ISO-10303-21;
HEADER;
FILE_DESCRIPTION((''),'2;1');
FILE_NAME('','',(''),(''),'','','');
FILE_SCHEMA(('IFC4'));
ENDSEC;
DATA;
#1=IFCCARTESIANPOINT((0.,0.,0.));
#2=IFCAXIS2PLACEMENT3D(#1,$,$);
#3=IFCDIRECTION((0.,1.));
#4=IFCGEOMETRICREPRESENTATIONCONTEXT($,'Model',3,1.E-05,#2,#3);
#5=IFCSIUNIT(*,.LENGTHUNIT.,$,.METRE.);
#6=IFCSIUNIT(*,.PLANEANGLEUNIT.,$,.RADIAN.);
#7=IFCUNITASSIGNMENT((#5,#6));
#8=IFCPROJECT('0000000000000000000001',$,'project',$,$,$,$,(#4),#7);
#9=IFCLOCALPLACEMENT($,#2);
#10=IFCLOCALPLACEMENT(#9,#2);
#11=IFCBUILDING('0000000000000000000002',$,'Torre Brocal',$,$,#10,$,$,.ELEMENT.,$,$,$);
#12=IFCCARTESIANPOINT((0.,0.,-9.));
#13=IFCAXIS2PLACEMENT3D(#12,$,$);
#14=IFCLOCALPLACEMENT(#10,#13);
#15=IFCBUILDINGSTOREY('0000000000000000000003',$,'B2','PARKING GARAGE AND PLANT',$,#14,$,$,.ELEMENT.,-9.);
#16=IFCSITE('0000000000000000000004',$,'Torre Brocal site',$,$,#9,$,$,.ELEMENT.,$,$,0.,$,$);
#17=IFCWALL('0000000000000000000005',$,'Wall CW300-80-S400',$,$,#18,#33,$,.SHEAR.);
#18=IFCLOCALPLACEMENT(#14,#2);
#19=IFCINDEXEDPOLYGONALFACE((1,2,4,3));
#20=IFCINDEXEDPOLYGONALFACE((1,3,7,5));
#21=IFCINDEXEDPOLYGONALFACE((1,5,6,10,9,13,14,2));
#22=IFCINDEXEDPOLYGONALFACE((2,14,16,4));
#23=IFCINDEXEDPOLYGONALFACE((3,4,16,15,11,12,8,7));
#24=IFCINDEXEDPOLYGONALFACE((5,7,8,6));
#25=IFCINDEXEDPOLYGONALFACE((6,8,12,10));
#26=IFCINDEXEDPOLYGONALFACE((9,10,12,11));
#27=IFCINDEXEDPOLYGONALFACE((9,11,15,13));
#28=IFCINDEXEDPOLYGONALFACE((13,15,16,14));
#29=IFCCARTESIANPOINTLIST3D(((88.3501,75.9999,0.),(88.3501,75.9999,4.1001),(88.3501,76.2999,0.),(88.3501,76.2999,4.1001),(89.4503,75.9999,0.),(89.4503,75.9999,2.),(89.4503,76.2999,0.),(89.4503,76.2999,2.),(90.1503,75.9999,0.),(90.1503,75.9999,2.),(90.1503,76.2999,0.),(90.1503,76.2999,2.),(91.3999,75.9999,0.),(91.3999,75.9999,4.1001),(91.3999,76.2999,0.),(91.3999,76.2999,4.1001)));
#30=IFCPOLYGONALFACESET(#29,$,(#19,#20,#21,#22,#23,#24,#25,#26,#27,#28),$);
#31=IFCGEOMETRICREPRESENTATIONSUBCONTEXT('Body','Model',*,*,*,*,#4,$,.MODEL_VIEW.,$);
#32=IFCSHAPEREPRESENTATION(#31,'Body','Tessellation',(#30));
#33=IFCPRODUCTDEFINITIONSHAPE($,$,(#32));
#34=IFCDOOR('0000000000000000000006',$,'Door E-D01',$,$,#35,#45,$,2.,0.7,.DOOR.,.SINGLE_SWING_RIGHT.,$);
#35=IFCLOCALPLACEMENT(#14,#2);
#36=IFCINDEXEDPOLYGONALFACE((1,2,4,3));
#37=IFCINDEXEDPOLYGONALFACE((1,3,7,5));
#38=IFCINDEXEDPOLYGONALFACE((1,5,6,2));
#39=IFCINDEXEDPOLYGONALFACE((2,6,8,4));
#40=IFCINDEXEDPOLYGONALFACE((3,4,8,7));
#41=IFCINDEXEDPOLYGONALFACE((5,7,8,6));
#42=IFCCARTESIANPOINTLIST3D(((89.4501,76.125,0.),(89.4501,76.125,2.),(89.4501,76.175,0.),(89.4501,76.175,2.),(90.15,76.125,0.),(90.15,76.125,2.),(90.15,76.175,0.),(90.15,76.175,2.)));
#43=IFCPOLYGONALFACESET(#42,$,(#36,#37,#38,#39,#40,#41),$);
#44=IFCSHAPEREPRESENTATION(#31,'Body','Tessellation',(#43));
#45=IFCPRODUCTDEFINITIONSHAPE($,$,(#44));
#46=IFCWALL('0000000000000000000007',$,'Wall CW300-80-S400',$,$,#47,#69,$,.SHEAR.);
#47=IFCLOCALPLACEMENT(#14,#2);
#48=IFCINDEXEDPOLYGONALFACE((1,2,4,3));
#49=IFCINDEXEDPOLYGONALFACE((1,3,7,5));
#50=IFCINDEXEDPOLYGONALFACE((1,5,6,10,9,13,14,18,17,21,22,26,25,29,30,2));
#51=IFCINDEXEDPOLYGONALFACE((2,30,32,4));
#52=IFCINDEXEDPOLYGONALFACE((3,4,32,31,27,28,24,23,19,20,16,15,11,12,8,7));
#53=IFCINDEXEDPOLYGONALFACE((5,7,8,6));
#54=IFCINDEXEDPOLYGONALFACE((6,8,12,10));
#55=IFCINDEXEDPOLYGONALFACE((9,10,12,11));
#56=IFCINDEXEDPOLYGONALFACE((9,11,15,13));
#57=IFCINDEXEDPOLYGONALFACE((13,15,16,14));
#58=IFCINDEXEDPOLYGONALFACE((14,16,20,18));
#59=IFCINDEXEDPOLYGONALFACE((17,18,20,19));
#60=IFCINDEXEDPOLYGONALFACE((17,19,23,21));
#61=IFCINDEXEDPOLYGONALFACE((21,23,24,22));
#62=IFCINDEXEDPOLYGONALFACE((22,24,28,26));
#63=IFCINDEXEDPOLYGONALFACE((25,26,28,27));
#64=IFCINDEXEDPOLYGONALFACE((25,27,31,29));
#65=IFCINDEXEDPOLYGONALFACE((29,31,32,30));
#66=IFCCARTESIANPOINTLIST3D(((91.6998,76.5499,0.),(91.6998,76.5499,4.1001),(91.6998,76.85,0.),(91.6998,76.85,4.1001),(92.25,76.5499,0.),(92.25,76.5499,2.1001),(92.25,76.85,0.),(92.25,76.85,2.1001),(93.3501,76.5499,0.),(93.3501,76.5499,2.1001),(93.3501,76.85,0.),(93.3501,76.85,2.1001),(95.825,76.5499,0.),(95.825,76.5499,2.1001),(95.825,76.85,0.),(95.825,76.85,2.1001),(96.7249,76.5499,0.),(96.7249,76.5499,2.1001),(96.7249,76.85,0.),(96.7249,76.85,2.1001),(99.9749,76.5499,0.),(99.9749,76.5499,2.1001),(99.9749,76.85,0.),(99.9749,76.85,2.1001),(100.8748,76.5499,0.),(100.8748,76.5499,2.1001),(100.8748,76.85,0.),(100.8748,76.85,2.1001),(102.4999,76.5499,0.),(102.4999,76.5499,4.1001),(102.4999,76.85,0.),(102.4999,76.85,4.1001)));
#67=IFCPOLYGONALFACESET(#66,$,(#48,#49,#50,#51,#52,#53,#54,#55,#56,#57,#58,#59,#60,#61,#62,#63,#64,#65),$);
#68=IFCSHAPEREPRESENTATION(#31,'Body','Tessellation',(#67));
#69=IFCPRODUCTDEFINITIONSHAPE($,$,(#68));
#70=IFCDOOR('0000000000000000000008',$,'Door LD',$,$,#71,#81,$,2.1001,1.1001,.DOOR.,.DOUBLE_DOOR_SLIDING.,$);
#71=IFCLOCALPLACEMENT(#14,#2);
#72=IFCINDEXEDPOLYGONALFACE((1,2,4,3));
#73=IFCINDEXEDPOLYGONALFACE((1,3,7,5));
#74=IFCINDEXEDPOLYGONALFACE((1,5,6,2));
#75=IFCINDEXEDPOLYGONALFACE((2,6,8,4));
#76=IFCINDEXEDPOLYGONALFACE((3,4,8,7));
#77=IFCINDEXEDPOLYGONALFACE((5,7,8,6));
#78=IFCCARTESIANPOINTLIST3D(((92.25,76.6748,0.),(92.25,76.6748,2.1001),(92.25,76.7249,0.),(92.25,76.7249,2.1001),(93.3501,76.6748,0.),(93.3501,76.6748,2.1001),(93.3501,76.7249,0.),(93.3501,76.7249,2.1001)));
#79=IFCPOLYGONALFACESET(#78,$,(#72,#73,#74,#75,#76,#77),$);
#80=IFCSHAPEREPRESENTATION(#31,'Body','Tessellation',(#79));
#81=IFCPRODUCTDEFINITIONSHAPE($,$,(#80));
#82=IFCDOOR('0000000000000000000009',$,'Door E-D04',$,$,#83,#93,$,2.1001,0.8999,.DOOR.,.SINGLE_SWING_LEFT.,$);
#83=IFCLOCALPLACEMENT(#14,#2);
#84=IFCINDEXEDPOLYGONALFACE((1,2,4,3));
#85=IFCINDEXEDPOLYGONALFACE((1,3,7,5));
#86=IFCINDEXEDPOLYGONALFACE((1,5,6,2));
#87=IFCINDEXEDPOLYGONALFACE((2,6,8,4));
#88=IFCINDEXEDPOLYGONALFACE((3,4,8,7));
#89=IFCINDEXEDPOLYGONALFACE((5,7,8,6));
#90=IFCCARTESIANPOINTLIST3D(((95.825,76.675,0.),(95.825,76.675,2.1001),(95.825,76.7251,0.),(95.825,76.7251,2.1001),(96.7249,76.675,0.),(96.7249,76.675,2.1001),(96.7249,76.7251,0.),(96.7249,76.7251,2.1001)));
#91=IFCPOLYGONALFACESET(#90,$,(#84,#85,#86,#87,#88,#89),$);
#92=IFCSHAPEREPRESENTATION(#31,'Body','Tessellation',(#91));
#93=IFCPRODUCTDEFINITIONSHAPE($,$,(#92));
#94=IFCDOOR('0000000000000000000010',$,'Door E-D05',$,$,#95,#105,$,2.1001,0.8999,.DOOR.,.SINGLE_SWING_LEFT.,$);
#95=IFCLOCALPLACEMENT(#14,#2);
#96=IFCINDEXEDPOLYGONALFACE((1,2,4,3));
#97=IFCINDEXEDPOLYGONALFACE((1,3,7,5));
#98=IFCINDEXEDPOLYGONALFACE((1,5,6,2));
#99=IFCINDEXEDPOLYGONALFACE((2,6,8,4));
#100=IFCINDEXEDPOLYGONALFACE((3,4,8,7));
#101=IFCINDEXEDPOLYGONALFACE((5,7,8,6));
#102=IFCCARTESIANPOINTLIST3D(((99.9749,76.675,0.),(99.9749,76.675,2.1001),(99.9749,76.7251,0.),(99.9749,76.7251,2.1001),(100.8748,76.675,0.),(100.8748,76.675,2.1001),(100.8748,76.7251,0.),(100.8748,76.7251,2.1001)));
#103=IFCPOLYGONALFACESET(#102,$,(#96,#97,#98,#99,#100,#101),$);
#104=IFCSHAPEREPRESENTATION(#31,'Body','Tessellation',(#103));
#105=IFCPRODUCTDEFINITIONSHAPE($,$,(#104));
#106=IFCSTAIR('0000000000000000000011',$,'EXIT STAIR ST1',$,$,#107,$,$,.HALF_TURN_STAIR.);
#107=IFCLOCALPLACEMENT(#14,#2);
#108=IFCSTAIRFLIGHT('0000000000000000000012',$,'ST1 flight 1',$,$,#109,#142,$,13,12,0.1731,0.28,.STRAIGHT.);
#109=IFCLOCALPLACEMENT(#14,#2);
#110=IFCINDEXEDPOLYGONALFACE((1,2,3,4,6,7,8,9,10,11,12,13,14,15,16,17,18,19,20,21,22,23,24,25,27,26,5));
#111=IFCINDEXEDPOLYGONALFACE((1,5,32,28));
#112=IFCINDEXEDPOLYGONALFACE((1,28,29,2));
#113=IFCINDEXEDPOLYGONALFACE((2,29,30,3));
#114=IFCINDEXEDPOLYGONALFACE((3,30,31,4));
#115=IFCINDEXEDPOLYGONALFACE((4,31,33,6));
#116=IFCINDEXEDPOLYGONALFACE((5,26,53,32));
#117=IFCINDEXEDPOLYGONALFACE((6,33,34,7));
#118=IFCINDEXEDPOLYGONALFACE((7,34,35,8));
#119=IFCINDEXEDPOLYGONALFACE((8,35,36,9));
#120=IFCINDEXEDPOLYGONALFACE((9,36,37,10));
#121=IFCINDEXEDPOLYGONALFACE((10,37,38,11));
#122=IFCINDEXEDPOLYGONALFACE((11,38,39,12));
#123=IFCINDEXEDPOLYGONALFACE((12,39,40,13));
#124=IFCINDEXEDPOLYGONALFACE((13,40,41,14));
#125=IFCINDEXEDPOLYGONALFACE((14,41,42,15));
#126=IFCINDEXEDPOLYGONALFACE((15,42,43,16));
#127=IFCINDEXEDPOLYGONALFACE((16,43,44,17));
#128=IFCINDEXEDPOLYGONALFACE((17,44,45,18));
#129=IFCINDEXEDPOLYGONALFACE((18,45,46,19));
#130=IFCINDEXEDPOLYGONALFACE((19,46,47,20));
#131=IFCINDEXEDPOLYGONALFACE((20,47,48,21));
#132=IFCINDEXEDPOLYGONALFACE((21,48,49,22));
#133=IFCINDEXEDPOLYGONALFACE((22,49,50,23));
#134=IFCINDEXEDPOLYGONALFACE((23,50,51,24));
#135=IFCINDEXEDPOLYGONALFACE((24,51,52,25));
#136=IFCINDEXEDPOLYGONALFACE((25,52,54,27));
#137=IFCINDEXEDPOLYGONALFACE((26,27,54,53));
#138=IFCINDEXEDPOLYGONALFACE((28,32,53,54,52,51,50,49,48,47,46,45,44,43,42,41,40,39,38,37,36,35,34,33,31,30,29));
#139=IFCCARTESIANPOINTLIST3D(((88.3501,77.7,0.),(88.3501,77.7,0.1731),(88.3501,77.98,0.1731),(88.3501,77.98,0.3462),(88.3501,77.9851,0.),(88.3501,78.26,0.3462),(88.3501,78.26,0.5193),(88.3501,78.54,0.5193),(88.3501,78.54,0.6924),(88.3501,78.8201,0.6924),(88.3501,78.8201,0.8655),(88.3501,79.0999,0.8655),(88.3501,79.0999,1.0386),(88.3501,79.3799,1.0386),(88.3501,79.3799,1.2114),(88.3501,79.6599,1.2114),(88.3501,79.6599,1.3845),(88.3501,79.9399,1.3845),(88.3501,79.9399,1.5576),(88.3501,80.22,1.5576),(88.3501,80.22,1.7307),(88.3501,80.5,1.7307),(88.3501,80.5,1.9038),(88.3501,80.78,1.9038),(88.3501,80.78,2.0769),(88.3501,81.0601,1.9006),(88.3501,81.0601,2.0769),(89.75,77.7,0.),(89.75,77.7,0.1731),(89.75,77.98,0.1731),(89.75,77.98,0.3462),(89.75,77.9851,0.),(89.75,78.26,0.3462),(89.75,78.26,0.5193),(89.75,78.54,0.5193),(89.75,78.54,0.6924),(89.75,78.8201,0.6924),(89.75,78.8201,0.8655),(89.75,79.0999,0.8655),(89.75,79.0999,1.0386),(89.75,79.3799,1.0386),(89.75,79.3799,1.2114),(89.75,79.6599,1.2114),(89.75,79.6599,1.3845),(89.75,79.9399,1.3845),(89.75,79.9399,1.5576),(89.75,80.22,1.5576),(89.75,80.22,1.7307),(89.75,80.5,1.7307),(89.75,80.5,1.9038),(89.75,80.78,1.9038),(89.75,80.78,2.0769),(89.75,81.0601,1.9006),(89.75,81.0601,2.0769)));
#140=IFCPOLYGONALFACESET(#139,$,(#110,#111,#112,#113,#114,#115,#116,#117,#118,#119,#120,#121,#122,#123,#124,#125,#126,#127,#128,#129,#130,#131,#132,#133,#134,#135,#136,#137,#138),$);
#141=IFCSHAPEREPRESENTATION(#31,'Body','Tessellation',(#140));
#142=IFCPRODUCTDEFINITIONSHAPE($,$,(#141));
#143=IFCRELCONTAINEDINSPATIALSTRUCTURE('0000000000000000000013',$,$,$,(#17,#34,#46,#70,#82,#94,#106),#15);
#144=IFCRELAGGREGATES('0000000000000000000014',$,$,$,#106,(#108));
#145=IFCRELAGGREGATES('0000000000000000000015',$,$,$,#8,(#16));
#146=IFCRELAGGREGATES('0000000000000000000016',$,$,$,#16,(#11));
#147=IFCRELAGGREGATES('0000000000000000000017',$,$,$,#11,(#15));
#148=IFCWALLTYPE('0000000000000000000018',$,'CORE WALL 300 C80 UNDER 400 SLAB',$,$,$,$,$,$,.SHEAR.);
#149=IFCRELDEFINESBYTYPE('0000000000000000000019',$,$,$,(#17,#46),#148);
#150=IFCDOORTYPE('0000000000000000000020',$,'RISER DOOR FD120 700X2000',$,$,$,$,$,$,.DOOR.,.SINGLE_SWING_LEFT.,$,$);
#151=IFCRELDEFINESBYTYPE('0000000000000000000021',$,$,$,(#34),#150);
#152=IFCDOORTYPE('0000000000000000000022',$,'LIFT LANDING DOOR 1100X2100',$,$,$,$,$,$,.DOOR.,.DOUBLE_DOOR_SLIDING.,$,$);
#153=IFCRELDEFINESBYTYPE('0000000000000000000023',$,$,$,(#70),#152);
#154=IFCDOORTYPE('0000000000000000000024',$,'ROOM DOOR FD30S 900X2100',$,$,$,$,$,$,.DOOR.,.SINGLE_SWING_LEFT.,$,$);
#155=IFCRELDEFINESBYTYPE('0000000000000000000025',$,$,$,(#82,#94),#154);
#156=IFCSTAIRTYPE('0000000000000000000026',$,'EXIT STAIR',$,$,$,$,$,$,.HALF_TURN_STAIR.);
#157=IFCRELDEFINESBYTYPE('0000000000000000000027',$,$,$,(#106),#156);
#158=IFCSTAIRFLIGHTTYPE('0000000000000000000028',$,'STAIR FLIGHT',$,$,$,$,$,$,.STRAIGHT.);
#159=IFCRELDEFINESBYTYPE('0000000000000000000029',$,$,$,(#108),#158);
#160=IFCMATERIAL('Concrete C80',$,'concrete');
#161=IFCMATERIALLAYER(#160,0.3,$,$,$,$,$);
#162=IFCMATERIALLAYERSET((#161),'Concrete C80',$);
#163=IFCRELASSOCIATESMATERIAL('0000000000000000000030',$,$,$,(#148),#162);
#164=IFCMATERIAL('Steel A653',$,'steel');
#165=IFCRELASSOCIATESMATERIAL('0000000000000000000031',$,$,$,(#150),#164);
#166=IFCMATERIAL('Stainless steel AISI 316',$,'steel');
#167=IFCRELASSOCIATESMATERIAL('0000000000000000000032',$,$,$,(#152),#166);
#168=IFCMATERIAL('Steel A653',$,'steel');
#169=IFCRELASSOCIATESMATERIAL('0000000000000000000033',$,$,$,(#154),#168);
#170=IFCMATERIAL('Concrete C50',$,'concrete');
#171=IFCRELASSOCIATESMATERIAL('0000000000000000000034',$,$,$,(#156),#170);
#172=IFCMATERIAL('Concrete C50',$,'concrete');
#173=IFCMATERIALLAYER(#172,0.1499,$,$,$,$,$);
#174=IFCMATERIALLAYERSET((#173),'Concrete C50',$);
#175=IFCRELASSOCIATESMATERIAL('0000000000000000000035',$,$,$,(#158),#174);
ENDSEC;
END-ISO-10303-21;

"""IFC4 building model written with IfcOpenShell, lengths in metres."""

from ifc_helpers import new_model, si_unit, direction, frame, frame_2d, origin, place, context, subcontext, project, spatial, polyline, rectangle, outline, extrude, material, layer, layer_set, type_object, element, fill, aggregate, save


model = new_model("IFC4")

# Units and contexts
model_context = context("Model", 3, precision=1e-05, world=origin(), true_north=direction((0.0, 1.0)))
body_context = subcontext(model_context, "Body", "Model", "MODEL_VIEW")
ifc_project = project(units=[si_unit("LENGTHUNIT", "METRE"), si_unit("PLANEANGLEUNIT", "RADIAN")], contexts=[model_context])

# Site, building, storey
site_placement = place(None, origin())
site = spatial("IfcSite", under=ifc_project, at=site_placement, Name="Torre Brocal site", CompositionType="ELEMENT", RefElevation=0.0)
building_placement = place(site_placement, origin())
building = spatial("IfcBuilding", under=site, at=building_placement, Name="Torre Brocal", CompositionType="ELEMENT")
storey_placement = place(building_placement, frame((0.0, 0.0, -9.0)))
storey = spatial("IfcBuildingStorey", under=building, at=storey_placement, Name="B2", Description="PARKING GARAGE AND PLANT", CompositionType="ELEMENT", Elevation=-9.0)

# Wall, opening, door
ifc_material_1 = material(Name="Concrete C80", Category="concrete")
ifc_layer_1 = layer(ifc_material_1, 0.3)
ifc_layer_set_1 = layer_set([ifc_layer_1], Name="Concrete C80")
wall_type_1 = type_object("IfcWallType", Name="CORE WALL 300 C80 UNDER 400 SLAB", PredefinedType="SHEAR", material=ifc_layer_set_1)
wall_1_placement = place(storey_placement, frame((88.3501, 76.1499, 0.0), z_axis=(0.0, 0.0, 1.0), x_axis=(1.0, 0.0, 0.0)))
wall_1 = element("IfcWall", 1, at=wall_1_placement, inside=storey, type_object=wall_type_1, Name="Wall CW300-80-S400", PredefinedType="SHEAR", context=body_context, shape_type="SweptSolid", body=[
    extrude(rectangle(XDim=3.0498, YDim=0.3, at=frame_2d((1.5249, 0.0))), origin(), (0.0, 0.0, 1.0), 4.1001),
])
opening_1_placement = place(wall_1_placement, frame((1.1001, 0.0, 0.0)))
opening_1 = element("IfcOpeningElement", 2, at=opening_1_placement, cuts=wall_1, PredefinedType="OPENING", context=body_context, shape_type="SweptSolid", body=[
    extrude(rectangle(XDim=0.7, YDim=2.0, at=frame_2d((0.3501, 1.0))), frame((0.0, 0.1599, 0.0), z_axis=(0.0, -1.0, 0.0), x_axis=(1.0, 0.0, 0.0)), (0.0, 0.0, 1.0), 0.3201),
])
ifc_material_2 = material(Name="Steel A653", Category="steel")
door_type_1 = type_object("IfcDoorType", Name="RISER DOOR FD120 700X2000", OperationType="SINGLE_SWING_LEFT", PredefinedType="DOOR", material=ifc_material_2)
door_1_placement = place(opening_1_placement, frame((0.7, 0.0, 0.0), z_axis=(0.0, 0.0, 1.0), x_axis=(-1.0, 0.0, 0.0)))
door_1 = element("IfcDoor", 3, at=door_1_placement, inside=storey, type_object=door_type_1, Name="Door E-D01", OperationType="SINGLE_SWING_RIGHT", OverallHeight=2.0, OverallWidth=0.7, PredefinedType="DOOR", context=body_context, shape_type="SweptSolid", body=[
    extrude(rectangle(XDim=0.7, YDim=2.0, at=frame_2d((0.3501, 1.0))), frame((0.0, 0.0249, 0.0), z_axis=(0.0, -1.0, 0.0), x_axis=(1.0, 0.0, 0.0)), (0.0, 0.0, 1.0), 0.05),
])
fill(opening_1, door_1)

# Wall, openings, doors
wall_2_placement = place(storey_placement, frame((91.7, 76.7, 0.0), z_axis=(0.0, 0.0, 1.0), x_axis=(1.0, 0.0, 0.0)))
wall_2 = element("IfcWall", 4, at=wall_2_placement, inside=storey, type_object=wall_type_1, Name="Wall CW300-80-S400", PredefinedType="SHEAR", context=body_context, shape_type="SweptSolid", body=[
    extrude(rectangle(XDim=10.8, YDim=0.3, at=frame_2d((5.3999, 0.0))), origin(), (0.0, 0.0, 1.0), 4.1001),
])
opening_2_placement = place(wall_2_placement, frame((0.55, 0.0, 0.0)))
opening_2 = element("IfcOpeningElement", 5, at=opening_2_placement, cuts=wall_2, PredefinedType="OPENING", context=body_context, shape_type="SweptSolid", body=[
    extrude(rectangle(XDim=1.1001, YDim=2.1001, at=frame_2d((0.55, 1.05))), frame((0.0, 0.1599, 0.0), z_axis=(0.0, -1.0, 0.0), x_axis=(1.0, 0.0, 0.0)), (0.0, 0.0, 1.0), 0.3201),
])
opening_3_placement = place(wall_2_placement, frame((4.125, 0.0, 0.0)))
opening_3 = element("IfcOpeningElement", 6, at=opening_3_placement, cuts=wall_2, PredefinedType="OPENING", context=body_context, shape_type="SweptSolid", body=[
    extrude(rectangle(XDim=0.8999, YDim=2.1001, at=frame_2d((0.45, 1.05))), frame((0.0, 0.1599, 0.0), z_axis=(0.0, -1.0, 0.0), x_axis=(1.0, 0.0, 0.0)), (0.0, 0.0, 1.0), 0.3201),
])
opening_4_placement = place(wall_2_placement, frame((8.2749, 0.0, 0.0)))
opening_4 = element("IfcOpeningElement", 7, at=opening_4_placement, cuts=wall_2, PredefinedType="OPENING", context=body_context, shape_type="SweptSolid", body=[
    extrude(rectangle(XDim=0.8999, YDim=2.1001, at=frame_2d((0.45, 1.05))), frame((0.0, 0.1599, 0.0), z_axis=(0.0, -1.0, 0.0), x_axis=(1.0, 0.0, 0.0)), (0.0, 0.0, 1.0), 0.3201),
])
ifc_material_3 = material(Name="Stainless steel AISI 316", Category="steel")
door_type_2 = type_object("IfcDoorType", Name="LIFT LANDING DOOR 1100X2100", OperationType="DOUBLE_DOOR_SLIDING", PredefinedType="DOOR", material=ifc_material_3)
door_2_placement = place(opening_2_placement, origin())
door_2 = element("IfcDoor", 8, at=door_2_placement, inside=storey, type_object=door_type_2, Name="Door LD", OperationType="DOUBLE_DOOR_SLIDING", OverallHeight=2.1001, OverallWidth=1.1001, PredefinedType="DOOR", context=body_context, shape_type="SweptSolid", body=[
    extrude(rectangle(XDim=1.1001, YDim=2.1001, at=frame_2d((0.55, 1.05))), frame((0.0, 0.0249, 0.0), z_axis=(0.0, -1.0, 0.0), x_axis=(1.0, 0.0, 0.0)), (0.0, 0.0, 1.0), 0.05),
])
fill(opening_2, door_2)
ifc_material_4 = material(Name="Steel A653", Category="steel")
door_type_3 = type_object("IfcDoorType", Name="ROOM DOOR FD30S 900X2100", OperationType="SINGLE_SWING_LEFT", PredefinedType="DOOR", material=ifc_material_4)
door_3_placement = place(opening_3_placement, frame((0.8999, 0.0, 0.0), z_axis=(0.0, 0.0, 1.0), x_axis=(-1.0, 0.0, 0.0)))
door_3 = element("IfcDoor", 9, at=door_3_placement, inside=storey, type_object=door_type_3, Name="Door E-D04", OperationType="SINGLE_SWING_LEFT", OverallHeight=2.1001, OverallWidth=0.8999, PredefinedType="DOOR", context=body_context, shape_type="SweptSolid", body=[
    extrude(rectangle(XDim=0.8999, YDim=2.1001, at=frame_2d((0.45, 1.05))), frame((0.0, 0.0249, 0.0), z_axis=(0.0, -1.0, 0.0), x_axis=(1.0, 0.0, 0.0)), (0.0, 0.0, 1.0), 0.05),
])
fill(opening_3, door_3)
door_4_placement = place(opening_4_placement, frame((0.8999, 0.0, 0.0), z_axis=(0.0, 0.0, 1.0), x_axis=(-1.0, 0.0, 0.0)))
door_4 = element("IfcDoor", 10, at=door_4_placement, inside=storey, type_object=door_type_3, Name="Door E-D05", OperationType="SINGLE_SWING_LEFT", OverallHeight=2.1001, OverallWidth=0.8999, PredefinedType="DOOR", context=body_context, shape_type="SweptSolid", body=[
    extrude(rectangle(XDim=0.8999, YDim=2.1001, at=frame_2d((0.45, 1.05))), frame((0.0, 0.0249, 0.0), z_axis=(0.0, -1.0, 0.0), x_axis=(1.0, 0.0, 0.0)), (0.0, 0.0, 1.0), 0.05),
])
fill(opening_4, door_4)

# Stair, stair flight
ifc_material_5 = material(Name="Concrete C50", Category="concrete")
stair_type = type_object("IfcStairType", Name="EXIT STAIR", PredefinedType="HALF_TURN_STAIR", material=ifc_material_5)
stair_placement = place(storey_placement, origin())
stair = element("IfcStair", 11, at=stair_placement, inside=storey, type_object=stair_type, Name="EXIT STAIR ST1", PredefinedType="HALF_TURN_STAIR")
ifc_material_6 = material(Name="Concrete C50", Category="concrete")
ifc_layer_2 = layer(ifc_material_6, 0.1499)
ifc_layer_set_2 = layer_set([ifc_layer_2], Name="Concrete C50")
stair_flight_type = type_object("IfcStairFlightType", Name="STAIR FLIGHT", PredefinedType="STRAIGHT", material=ifc_layer_set_2)
stair_flight_1_placement = place(storey_placement, frame((89.05, 77.7, 0.0), z_axis=(0.0, 0.0, 1.0), x_axis=(0.0, 1.0, 0.0)))
stair_flight_1 = element("IfcStairFlight", 12, at=stair_flight_1_placement, type_object=stair_flight_type, Name="ST1 flight 1", NumberOfRisers=13, NumberOfTreads=12, PredefinedType="STRAIGHT", RiserHeight=0.1731, TreadLength=0.28, context=body_context, shape_type="SweptSolid", body=[
    extrude(outline(polyline([(0.0, 0.0), (0.0, 0.1731), (0.28, 0.1731), (0.28, 0.3462), (0.5601, 0.3462), (0.5601, 0.5193), (0.8401, 0.5193), (0.8401, 0.6924), (1.1201, 0.6924), (1.1201, 0.8655), (1.3999, 0.8655), (1.3999, 1.0386), (1.6799, 1.0386), (1.6799, 1.2114), (1.96, 1.2114), (1.96, 1.3845), (2.24, 1.3845), (2.24, 1.5576), (2.52, 1.5576), (2.52, 1.7307), (2.8, 1.7307), (2.8, 1.9038), (3.0801, 1.9038), (3.0801, 2.0769), (3.3601, 2.0769), (3.3601, 2.25), (3.3601, 1.9006), (0.2852, 0.0), (0.0, 0.0)])), frame((0.0, 0.7, 0.0), z_axis=(0.0, -1.0, 0.0), x_axis=(1.0, 0.0, 0.0)), (0.0, 0.0, 1.0), 1.3999),
])
aggregate(stair, [stair_flight_1])

save(model, "model.ifc")
